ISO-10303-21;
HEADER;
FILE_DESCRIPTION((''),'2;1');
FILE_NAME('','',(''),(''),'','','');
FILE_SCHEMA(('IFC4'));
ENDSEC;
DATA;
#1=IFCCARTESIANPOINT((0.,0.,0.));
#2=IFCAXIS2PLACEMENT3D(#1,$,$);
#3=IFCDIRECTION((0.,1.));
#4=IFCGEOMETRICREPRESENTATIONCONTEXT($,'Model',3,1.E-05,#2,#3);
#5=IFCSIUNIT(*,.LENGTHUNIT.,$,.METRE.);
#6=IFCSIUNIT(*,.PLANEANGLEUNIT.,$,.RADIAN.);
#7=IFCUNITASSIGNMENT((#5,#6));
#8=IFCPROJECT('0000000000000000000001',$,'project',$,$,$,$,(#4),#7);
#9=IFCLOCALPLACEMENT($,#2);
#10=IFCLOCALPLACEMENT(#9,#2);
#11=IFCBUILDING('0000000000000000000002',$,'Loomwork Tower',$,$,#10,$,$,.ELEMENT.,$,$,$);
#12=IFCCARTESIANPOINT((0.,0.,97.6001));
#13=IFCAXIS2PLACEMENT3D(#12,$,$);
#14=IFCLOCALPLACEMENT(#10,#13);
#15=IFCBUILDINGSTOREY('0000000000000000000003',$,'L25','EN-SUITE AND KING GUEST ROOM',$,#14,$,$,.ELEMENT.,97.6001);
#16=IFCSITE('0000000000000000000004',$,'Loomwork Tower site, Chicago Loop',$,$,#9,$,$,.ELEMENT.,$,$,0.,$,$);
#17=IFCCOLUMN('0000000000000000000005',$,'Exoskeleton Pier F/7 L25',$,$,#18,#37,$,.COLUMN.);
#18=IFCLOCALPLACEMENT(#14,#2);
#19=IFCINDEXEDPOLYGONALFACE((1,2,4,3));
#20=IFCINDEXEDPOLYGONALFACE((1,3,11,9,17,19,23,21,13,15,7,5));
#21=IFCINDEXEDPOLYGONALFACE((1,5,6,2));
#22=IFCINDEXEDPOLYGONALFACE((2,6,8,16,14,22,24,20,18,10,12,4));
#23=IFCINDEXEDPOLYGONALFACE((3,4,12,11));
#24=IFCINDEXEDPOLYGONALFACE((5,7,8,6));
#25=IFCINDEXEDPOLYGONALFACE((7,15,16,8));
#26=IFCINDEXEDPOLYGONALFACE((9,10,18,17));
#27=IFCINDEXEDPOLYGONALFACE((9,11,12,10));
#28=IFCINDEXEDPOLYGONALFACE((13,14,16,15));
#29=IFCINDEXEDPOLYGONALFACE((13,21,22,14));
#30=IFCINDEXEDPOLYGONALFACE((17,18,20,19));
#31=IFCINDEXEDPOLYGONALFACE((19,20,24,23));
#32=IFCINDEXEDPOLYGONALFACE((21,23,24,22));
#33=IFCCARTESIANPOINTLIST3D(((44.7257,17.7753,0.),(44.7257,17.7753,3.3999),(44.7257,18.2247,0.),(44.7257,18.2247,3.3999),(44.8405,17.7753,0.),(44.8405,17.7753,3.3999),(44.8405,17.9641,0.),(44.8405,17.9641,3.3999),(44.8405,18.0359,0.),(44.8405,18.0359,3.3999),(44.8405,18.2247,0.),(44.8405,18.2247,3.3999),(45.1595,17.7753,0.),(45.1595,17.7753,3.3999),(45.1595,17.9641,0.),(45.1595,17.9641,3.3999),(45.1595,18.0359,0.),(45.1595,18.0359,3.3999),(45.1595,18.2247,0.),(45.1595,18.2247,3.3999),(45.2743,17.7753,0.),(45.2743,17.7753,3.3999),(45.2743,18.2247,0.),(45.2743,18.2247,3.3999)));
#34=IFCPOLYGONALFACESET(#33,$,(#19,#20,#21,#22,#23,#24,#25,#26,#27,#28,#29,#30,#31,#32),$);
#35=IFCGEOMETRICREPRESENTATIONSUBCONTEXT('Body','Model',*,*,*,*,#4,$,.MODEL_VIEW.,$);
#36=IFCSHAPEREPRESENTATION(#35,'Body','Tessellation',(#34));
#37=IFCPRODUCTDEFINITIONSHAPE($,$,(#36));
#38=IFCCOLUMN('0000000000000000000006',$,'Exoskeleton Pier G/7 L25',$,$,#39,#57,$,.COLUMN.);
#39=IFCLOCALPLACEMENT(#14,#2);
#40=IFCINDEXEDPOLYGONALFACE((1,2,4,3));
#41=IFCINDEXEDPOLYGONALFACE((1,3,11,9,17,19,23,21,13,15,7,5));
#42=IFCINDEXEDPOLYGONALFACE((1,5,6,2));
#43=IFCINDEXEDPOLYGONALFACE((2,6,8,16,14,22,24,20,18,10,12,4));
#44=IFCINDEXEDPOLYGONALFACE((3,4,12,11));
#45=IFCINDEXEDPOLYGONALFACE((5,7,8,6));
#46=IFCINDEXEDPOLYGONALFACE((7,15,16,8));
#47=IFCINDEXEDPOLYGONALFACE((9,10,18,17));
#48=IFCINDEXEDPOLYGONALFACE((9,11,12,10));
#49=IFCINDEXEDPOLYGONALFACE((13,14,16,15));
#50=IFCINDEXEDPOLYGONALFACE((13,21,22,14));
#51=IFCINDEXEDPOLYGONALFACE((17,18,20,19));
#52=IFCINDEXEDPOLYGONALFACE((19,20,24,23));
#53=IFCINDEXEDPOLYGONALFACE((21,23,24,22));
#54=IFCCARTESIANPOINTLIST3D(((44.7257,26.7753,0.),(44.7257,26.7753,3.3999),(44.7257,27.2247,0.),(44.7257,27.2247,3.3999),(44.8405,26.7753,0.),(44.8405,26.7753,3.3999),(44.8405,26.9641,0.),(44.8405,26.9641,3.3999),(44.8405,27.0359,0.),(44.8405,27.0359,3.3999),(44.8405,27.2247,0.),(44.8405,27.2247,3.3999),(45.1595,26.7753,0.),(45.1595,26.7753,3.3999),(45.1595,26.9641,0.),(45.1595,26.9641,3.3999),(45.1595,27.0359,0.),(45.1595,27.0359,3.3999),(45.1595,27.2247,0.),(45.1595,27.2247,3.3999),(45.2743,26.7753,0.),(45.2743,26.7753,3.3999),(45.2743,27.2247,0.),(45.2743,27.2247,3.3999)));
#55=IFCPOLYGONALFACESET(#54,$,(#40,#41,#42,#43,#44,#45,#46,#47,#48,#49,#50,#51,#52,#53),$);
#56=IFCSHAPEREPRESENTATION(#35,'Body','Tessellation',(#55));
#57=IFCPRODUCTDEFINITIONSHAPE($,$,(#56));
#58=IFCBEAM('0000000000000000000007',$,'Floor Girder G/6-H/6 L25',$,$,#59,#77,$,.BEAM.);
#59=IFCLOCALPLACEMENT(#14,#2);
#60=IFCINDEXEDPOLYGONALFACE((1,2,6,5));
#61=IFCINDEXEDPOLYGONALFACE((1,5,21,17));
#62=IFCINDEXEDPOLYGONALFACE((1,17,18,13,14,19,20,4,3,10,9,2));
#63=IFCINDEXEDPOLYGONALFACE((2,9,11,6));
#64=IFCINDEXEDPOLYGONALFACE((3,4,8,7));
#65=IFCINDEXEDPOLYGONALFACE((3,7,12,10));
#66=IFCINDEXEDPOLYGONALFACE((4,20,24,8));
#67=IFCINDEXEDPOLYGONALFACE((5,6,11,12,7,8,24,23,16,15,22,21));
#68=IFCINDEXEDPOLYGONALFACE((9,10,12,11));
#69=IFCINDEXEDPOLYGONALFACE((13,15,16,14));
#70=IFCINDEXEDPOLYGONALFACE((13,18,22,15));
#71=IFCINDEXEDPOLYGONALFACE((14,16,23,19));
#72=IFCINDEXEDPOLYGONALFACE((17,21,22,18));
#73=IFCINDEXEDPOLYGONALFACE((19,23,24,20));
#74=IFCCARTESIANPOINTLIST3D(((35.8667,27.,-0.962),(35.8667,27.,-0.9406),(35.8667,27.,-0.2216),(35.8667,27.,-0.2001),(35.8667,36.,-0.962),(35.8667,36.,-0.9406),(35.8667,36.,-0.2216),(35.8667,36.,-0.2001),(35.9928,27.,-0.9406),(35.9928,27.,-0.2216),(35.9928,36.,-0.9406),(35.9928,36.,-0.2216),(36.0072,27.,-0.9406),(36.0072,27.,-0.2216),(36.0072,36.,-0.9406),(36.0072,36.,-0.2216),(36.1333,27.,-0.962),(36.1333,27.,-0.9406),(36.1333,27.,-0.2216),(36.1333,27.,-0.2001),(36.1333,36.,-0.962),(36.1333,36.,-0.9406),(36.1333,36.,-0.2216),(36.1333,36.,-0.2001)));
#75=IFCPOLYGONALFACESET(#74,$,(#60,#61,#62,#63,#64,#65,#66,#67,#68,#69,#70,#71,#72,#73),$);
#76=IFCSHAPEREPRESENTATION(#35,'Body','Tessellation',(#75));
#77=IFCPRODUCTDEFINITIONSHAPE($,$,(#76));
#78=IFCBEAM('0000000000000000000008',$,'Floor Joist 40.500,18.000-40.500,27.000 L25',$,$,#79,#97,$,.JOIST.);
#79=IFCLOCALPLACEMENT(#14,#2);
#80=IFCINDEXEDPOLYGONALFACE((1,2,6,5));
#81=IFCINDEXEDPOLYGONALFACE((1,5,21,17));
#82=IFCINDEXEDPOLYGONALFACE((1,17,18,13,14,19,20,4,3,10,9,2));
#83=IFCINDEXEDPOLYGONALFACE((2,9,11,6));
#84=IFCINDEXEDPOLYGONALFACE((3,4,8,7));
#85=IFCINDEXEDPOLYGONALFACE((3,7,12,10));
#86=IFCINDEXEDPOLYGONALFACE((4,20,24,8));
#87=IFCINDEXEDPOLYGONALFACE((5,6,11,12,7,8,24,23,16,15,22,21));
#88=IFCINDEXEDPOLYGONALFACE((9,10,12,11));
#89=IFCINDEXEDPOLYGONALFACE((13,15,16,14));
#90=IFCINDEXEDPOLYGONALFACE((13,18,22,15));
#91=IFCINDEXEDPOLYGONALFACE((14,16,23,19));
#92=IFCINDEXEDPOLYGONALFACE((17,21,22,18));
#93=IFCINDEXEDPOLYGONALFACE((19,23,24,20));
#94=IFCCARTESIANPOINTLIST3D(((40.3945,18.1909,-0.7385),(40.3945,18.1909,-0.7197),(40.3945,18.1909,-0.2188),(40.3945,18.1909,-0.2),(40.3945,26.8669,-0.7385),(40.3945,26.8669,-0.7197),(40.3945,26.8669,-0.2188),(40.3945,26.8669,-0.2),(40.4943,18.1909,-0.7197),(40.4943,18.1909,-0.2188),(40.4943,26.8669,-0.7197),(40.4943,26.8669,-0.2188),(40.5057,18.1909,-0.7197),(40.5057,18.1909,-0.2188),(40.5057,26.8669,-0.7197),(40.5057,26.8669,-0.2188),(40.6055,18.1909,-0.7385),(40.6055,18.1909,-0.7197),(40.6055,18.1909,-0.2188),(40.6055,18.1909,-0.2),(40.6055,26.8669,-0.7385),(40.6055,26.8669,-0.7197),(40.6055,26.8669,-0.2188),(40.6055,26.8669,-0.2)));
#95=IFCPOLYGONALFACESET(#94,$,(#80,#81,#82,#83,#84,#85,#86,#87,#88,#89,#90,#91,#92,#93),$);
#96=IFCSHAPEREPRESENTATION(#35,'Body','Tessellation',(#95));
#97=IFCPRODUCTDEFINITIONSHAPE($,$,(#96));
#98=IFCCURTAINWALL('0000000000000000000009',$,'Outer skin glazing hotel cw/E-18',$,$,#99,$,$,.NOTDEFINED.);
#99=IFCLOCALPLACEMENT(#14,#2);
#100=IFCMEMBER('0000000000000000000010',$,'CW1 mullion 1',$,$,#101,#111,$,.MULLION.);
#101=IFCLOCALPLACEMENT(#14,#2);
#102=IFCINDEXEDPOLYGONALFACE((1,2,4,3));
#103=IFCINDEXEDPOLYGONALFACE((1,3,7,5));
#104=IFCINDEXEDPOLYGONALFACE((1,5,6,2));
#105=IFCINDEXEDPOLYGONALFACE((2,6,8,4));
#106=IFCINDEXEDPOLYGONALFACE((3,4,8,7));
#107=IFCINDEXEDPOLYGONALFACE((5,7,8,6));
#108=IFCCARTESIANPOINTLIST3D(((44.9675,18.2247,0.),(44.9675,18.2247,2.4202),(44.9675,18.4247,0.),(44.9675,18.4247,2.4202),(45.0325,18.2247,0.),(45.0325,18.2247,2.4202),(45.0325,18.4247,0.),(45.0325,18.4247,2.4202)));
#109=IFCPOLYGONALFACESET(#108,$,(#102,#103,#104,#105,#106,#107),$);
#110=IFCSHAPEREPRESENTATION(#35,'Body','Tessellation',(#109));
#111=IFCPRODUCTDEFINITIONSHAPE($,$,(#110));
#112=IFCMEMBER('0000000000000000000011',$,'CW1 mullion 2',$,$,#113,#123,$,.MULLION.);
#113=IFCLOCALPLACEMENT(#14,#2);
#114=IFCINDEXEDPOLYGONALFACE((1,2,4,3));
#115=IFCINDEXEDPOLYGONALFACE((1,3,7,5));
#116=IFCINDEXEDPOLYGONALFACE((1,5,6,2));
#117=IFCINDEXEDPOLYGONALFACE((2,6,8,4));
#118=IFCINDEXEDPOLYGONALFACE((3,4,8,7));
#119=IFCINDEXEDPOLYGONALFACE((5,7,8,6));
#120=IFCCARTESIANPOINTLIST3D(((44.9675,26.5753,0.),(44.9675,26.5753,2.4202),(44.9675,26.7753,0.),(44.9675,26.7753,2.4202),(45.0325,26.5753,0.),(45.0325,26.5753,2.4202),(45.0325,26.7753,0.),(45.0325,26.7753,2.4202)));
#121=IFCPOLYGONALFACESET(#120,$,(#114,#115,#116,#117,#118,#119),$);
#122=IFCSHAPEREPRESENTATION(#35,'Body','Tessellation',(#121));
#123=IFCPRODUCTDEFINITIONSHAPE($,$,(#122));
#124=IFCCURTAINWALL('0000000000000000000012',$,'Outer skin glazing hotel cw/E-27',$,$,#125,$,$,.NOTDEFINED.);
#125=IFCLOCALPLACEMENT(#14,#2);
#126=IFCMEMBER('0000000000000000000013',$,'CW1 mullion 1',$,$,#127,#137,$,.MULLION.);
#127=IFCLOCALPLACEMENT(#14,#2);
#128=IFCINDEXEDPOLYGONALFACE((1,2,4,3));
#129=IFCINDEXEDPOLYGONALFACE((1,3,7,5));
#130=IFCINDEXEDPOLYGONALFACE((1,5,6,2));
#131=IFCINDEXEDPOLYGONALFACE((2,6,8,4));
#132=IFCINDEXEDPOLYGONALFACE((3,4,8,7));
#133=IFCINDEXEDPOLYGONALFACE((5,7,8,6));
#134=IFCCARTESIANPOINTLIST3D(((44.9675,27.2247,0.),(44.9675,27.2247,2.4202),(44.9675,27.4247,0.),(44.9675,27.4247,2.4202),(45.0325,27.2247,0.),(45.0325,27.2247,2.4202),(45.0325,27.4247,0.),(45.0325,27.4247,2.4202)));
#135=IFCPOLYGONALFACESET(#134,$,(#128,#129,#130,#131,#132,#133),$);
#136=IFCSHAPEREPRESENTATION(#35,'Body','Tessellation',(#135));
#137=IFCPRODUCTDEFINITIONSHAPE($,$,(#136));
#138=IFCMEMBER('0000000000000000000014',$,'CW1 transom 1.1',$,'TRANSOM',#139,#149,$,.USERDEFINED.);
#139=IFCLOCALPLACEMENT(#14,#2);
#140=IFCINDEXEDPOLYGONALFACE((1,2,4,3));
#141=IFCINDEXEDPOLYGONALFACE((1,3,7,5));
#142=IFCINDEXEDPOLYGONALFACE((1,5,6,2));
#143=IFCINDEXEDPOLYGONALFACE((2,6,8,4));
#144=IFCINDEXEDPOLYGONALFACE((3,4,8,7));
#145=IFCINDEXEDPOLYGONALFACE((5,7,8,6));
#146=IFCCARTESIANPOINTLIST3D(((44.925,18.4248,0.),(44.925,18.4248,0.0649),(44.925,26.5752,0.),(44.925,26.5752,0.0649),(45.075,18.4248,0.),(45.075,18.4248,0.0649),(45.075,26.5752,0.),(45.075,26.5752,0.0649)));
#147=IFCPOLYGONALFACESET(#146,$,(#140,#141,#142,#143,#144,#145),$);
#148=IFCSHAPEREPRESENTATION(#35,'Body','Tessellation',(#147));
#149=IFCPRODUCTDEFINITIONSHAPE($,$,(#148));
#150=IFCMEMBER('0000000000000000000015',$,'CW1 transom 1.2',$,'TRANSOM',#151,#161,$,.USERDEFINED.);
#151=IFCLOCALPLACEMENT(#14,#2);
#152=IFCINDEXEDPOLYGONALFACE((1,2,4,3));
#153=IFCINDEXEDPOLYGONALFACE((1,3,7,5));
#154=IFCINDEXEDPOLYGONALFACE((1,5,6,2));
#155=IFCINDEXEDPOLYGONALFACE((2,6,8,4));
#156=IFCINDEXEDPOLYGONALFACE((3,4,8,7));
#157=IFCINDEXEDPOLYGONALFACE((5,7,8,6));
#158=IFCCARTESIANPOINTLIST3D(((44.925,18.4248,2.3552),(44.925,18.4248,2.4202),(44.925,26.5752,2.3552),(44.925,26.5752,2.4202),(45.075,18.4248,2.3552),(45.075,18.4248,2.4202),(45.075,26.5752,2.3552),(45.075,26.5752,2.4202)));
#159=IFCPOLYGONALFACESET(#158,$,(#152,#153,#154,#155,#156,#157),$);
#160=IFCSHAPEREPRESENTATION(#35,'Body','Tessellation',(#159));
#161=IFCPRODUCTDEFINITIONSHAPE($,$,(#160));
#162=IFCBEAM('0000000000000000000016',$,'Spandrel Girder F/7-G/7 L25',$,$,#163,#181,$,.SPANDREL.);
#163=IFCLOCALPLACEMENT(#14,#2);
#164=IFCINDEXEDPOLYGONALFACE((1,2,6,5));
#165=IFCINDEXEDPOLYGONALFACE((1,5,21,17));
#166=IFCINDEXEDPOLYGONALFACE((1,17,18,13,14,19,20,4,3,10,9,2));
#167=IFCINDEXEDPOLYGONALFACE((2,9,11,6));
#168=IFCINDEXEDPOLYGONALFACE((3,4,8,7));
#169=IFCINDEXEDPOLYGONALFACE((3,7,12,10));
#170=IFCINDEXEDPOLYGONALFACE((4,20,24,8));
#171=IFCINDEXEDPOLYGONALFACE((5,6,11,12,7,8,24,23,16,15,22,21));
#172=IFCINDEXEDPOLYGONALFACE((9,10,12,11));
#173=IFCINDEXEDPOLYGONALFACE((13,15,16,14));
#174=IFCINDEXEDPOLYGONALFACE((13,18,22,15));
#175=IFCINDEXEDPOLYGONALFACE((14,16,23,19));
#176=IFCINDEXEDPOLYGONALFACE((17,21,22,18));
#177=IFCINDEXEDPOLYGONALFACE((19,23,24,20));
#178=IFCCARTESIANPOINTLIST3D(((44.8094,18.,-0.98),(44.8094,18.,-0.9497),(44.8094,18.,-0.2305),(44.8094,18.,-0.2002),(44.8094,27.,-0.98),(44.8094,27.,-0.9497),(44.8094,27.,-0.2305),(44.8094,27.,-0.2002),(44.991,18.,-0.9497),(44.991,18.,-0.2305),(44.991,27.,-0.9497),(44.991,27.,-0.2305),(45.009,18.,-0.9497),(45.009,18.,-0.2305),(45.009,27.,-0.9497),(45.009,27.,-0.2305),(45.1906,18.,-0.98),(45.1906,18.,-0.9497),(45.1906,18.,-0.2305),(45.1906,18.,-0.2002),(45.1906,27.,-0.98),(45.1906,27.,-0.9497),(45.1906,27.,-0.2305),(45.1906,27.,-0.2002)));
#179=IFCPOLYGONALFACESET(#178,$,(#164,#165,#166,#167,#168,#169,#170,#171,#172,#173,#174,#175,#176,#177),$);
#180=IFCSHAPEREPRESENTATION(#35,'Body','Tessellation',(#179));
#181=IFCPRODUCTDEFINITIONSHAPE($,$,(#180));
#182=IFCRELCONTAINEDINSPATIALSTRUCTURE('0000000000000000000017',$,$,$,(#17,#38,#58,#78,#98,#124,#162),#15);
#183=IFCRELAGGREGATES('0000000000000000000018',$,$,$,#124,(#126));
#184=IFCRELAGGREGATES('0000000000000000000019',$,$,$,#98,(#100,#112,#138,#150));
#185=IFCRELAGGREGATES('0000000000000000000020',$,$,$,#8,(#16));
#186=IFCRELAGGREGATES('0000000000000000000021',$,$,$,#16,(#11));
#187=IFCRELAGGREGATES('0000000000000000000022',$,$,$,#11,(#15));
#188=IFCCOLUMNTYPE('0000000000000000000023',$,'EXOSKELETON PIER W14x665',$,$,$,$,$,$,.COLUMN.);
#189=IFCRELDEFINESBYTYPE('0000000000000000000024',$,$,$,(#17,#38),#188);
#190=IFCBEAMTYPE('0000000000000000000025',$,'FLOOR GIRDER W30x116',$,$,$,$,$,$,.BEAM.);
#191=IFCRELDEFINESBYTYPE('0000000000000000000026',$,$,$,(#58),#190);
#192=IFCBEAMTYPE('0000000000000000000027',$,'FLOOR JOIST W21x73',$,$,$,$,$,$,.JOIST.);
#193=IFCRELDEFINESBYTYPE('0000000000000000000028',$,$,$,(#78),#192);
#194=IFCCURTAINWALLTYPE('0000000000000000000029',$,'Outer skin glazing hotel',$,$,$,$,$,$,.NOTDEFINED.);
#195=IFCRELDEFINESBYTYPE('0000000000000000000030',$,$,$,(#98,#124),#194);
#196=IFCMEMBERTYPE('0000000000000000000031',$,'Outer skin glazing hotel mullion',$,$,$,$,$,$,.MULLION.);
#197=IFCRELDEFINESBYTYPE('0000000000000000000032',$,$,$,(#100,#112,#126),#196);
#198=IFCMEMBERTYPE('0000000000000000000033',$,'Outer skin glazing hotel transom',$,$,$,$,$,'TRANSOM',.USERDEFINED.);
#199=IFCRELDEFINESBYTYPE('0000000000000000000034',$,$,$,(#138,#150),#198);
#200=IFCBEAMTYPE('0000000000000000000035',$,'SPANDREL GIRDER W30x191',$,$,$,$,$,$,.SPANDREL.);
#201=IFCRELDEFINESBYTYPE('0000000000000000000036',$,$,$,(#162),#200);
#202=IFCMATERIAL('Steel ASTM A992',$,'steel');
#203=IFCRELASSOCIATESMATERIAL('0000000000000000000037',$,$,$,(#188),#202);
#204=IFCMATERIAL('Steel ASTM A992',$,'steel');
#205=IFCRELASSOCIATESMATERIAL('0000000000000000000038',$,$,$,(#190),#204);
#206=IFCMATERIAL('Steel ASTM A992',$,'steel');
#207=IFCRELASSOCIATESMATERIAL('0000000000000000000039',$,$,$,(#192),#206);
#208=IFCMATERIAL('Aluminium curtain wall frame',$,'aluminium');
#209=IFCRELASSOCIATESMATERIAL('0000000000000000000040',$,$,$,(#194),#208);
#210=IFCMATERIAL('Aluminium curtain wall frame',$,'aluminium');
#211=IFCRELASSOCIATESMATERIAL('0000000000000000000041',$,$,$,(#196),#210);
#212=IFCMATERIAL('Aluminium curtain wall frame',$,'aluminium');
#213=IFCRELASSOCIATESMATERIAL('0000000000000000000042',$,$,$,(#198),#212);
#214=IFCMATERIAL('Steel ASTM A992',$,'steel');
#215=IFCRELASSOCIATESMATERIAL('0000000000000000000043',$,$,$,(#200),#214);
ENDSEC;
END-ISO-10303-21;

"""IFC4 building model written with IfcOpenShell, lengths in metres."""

from ifc_helpers import new_model, si_unit, direction, frame, origin, origin_2d, place, context, subcontext, project, spatial, rectangle, i_section, extrude, material, material_profile, profile_set, type_object, element, aggregate, save


model = new_model("IFC4")

# Units and contexts
model_context = context("Model", 3, precision=1e-05, world=origin(), true_north=direction((0.0, 1.0)))
body_context = subcontext(model_context, "Body", "Model", "MODEL_VIEW")
ifc_project = project(units=[si_unit("LENGTHUNIT", "METRE"), si_unit("PLANEANGLEUNIT", "RADIAN")], contexts=[model_context])

# Site, building, storey
site_placement = place(None, origin())
site = spatial("IfcSite", under=ifc_project, at=site_placement, Name="Loomwork Tower site, Chicago Loop", CompositionType="ELEMENT", RefElevation=0.0)
building_placement = place(site_placement, origin())
building = spatial("IfcBuilding", under=site, at=building_placement, Name="Loomwork Tower", CompositionType="ELEMENT")
storey_placement = place(building_placement, frame((0.0, 0.0, 97.6001)))
storey = spatial("IfcBuildingStorey", under=building, at=storey_placement, Name="L25", Description="EN-SUITE AND KING GUEST ROOM", CompositionType="ELEMENT", Elevation=97.6001)

# Columns
ifc_material_1 = material(Name="Steel ASTM A992", Category="steel")
ifc_material_profile_1 = material_profile(ifc_material_1, i_section(OverallWidth=0.4495, OverallDepth=0.5486, WebThickness=0.0718, FlangeThickness=0.1147, at=origin_2d()), Name="W14x665")
ifc_profile_set_1 = profile_set([ifc_material_profile_1], Name="Steel ASTM A992")
column_type = type_object("IfcColumnType", Name="EXOSKELETON PIER W14x665", PredefinedType="COLUMN", material=ifc_profile_set_1)
for number, where, z_axis, x_axis, name in (
    (1, (45.0, 18.0, 0.0), (0.0, 0.0, 1.0), (0.0, 1.0, 0.0), "Exoskeleton Pier F/7 L25"),
    (2, (45.0, 27.0, 0.0), (0.0, 0.0, 1.0), (0.0, 1.0, 0.0), "Exoskeleton Pier G/7 L25"),
):
    element("IfcColumn", number, at=place(storey_placement, frame(where, z_axis=z_axis, x_axis=x_axis)), inside=storey, type_object=column_type, Name=name, PredefinedType="COLUMN", context=body_context, shape_type="SweptSolid", body=[
        extrude(i_section(OverallWidth=0.4495, OverallDepth=0.5486, WebThickness=0.0718, FlangeThickness=0.1147, at=origin_2d()), origin(), (0.0, 0.0, 1.0), 3.3999),
    ])

# Beams
ifc_material_2 = material(Name="Steel ASTM A992", Category="steel")
ifc_material_profile_2 = material_profile(ifc_material_2, i_section(OverallWidth=0.2666, OverallDepth=0.762, WebThickness=0.0144, FlangeThickness=0.0215, at=origin_2d()), Name="W30x116")
ifc_profile_set_2 = profile_set([ifc_material_profile_2], Name="Steel ASTM A992")
beam_type_1 = type_object("IfcBeamType", Name="FLOOR GIRDER W30x116", PredefinedType="BEAM", material=ifc_profile_set_2)
beam_1_placement = place(storey_placement, frame((36.0, 27.0, -0.5811), z_axis=(0.0, 1.0, 0.0), x_axis=(-1.0, 0.0, 0.0)))
element("IfcBeam", 3, at=beam_1_placement, inside=storey, type_object=beam_type_1, Name="Floor Girder G/6-H/6 L25", PredefinedType="BEAM", context=body_context, shape_type="SweptSolid", body=[
    extrude(i_section(OverallWidth=0.2666, OverallDepth=0.762, WebThickness=0.0144, FlangeThickness=0.0215, at=origin_2d()), origin(), (0.0, 0.0, 1.0), 9.0),
])
ifc_material_3 = material(Name="Steel ASTM A992", Category="steel")
ifc_material_profile_3 = material_profile(ifc_material_3, i_section(OverallWidth=0.2109, OverallDepth=0.5386, WebThickness=0.0115, FlangeThickness=0.0188, at=origin_2d()), Name="W21x73")
ifc_profile_set_3 = profile_set([ifc_material_profile_3], Name="Steel ASTM A992")
beam_type_2 = type_object("IfcBeamType", Name="FLOOR JOIST W21x73", PredefinedType="JOIST", material=ifc_profile_set_3)
beam_2_placement = place(storey_placement, frame((40.5, 18.1909, -0.4692), z_axis=(0.0, 1.0, 0.0), x_axis=(-1.0, 0.0, 0.0)))
element("IfcBeam", 4, at=beam_2_placement, inside=storey, type_object=beam_type_2, Name="Floor Joist 40.500,18.000-40.500,27.000 L25", PredefinedType="JOIST", context=body_context, shape_type="SweptSolid", body=[
    extrude(i_section(OverallWidth=0.2109, OverallDepth=0.5386, WebThickness=0.0115, FlangeThickness=0.0188, at=origin_2d()), origin(), (0.0, 0.0, 1.0), 8.676),
])

# Curtain wall, members
ifc_material_4 = material(Name="Aluminium curtain wall frame", Category="aluminium")
curtain_wall_type = type_object("IfcCurtainWallType", Name="Outer skin glazing hotel", PredefinedType="NOTDEFINED", material=ifc_material_4)
curtain_wall_1_placement = place(storey_placement, origin())
curtain_wall_1 = element("IfcCurtainWall", 5, at=curtain_wall_1_placement, inside=storey, type_object=curtain_wall_type, Name="Outer skin glazing hotel cw/E-18", PredefinedType="NOTDEFINED")
ifc_material_5 = material(Name="Aluminium curtain wall frame", Category="aluminium")
ifc_material_profile_4 = material_profile(ifc_material_5, rectangle(XDim=0.0649, YDim=0.2, at=origin_2d()), Name="AL 65x200")
ifc_profile_set_4 = profile_set([ifc_material_profile_4], Name="Aluminium curtain wall frame")
member_type_1 = type_object("IfcMemberType", Name="Outer skin glazing hotel mullion", PredefinedType="MULLION", material=ifc_profile_set_4)
member_1_placement = place(storey_placement, frame((45.0, 18.3247, 0.0), z_axis=(0.0, 0.0, 1.0), x_axis=(-1.0, 0.0, 0.0)))
member_1 = element("IfcMember", 6, at=member_1_placement, type_object=member_type_1, Name="CW1 mullion 1", PredefinedType="MULLION", context=body_context, shape_type="SweptSolid", body=[
    extrude(rectangle(XDim=0.0649, YDim=0.2, at=origin_2d()), origin(), (0.0, 0.0, 1.0), 2.4202),
])
member_2_placement = place(storey_placement, frame((45.0, 26.6753, 0.0), z_axis=(0.0, 0.0, 1.0), x_axis=(-1.0, 0.0, 0.0)))
member_2 = element("IfcMember", 7, at=member_2_placement, type_object=member_type_1, Name="CW1 mullion 2", PredefinedType="MULLION", context=body_context, shape_type="SweptSolid", body=[
    extrude(rectangle(XDim=0.0649, YDim=0.2, at=origin_2d()), origin(), (0.0, 0.0, 1.0), 2.4202),
])

# Curtain wall, member
curtain_wall_2_placement = place(storey_placement, origin())
curtain_wall_2 = element("IfcCurtainWall", 8, at=curtain_wall_2_placement, inside=storey, type_object=curtain_wall_type, Name="Outer skin glazing hotel cw/E-27", PredefinedType="NOTDEFINED")
member_3_placement = place(storey_placement, frame((45.0, 27.3247, 0.0), z_axis=(0.0, 0.0, 1.0), x_axis=(-1.0, 0.0, 0.0)))
member_3 = element("IfcMember", 9, at=member_3_placement, type_object=member_type_1, Name="CW1 mullion 1", PredefinedType="MULLION", context=body_context, shape_type="SweptSolid", body=[
    extrude(rectangle(XDim=0.0649, YDim=0.2, at=origin_2d()), origin(), (0.0, 0.0, 1.0), 2.4202),
])
aggregate(curtain_wall_2, [member_3])

# Members
ifc_material_6 = material(Name="Aluminium curtain wall frame", Category="aluminium")
ifc_material_profile_5 = material_profile(ifc_material_6, rectangle(XDim=0.1499, YDim=0.0649, at=origin_2d()), Name="AL 65x150")
ifc_profile_set_5 = profile_set([ifc_material_profile_5], Name="Aluminium curtain wall frame")
member_type_2 = type_object("IfcMemberType", Name="Outer skin glazing hotel transom", ElementType="TRANSOM", PredefinedType="USERDEFINED", material=ifc_profile_set_5)
member_4_placement = place(storey_placement, frame((45.0, 18.4248, 0.0325), z_axis=(0.0, 1.0, 0.0), x_axis=(-1.0, 0.0, 0.0)))
member_4 = element("IfcMember", 10, at=member_4_placement, type_object=member_type_2, Name="CW1 transom 1.1", ObjectType="TRANSOM", PredefinedType="USERDEFINED", context=body_context, shape_type="SweptSolid", body=[
    extrude(rectangle(XDim=0.1499, YDim=0.0649, at=origin_2d()), origin(), (0.0, 0.0, 1.0), 8.1504),
])
member_5_placement = place(storey_placement, frame((45.0, 18.4248, 2.3877), z_axis=(0.0, 1.0, 0.0), x_axis=(-1.0, 0.0, 0.0)))
member_5 = element("IfcMember", 11, at=member_5_placement, type_object=member_type_2, Name="CW1 transom 1.2", ObjectType="TRANSOM", PredefinedType="USERDEFINED", context=body_context, shape_type="SweptSolid", body=[
    extrude(rectangle(XDim=0.1499, YDim=0.0649, at=origin_2d()), origin(), (0.0, 0.0, 1.0), 8.1504),
])

# Beam
ifc_material_7 = material(Name="Steel ASTM A992", Category="steel")
ifc_material_profile_6 = material_profile(ifc_material_7, i_section(OverallWidth=0.3811, OverallDepth=0.7798, WebThickness=0.0181, FlangeThickness=0.0303, at=origin_2d()), Name="W30x191")
ifc_profile_set_6 = profile_set([ifc_material_profile_6], Name="Steel ASTM A992")
beam_type_3 = type_object("IfcBeamType", Name="SPANDREL GIRDER W30x191", PredefinedType="SPANDREL", material=ifc_profile_set_6)
for number, where, z_axis, x_axis, name in (
    (12, (45.0, 18.0, -0.5901), (0.0, 1.0, 0.0), (-1.0, 0.0, 0.0), "Spandrel Girder F/7-G/7 L25"),
):
    element("IfcBeam", number, at=place(storey_placement, frame(where, z_axis=z_axis, x_axis=x_axis)), inside=storey, type_object=beam_type_3, Name=name, PredefinedType="SPANDREL", context=body_context, shape_type="SweptSolid", body=[
        extrude(i_section(OverallWidth=0.3811, OverallDepth=0.7798, WebThickness=0.0181, FlangeThickness=0.0303, at=origin_2d()), origin(), (0.0, 0.0, 1.0), 9.0),
    ])

aggregate(curtain_wall_1, [member_1, member_2, member_4, member_5])

save(model, "model.ifc")
